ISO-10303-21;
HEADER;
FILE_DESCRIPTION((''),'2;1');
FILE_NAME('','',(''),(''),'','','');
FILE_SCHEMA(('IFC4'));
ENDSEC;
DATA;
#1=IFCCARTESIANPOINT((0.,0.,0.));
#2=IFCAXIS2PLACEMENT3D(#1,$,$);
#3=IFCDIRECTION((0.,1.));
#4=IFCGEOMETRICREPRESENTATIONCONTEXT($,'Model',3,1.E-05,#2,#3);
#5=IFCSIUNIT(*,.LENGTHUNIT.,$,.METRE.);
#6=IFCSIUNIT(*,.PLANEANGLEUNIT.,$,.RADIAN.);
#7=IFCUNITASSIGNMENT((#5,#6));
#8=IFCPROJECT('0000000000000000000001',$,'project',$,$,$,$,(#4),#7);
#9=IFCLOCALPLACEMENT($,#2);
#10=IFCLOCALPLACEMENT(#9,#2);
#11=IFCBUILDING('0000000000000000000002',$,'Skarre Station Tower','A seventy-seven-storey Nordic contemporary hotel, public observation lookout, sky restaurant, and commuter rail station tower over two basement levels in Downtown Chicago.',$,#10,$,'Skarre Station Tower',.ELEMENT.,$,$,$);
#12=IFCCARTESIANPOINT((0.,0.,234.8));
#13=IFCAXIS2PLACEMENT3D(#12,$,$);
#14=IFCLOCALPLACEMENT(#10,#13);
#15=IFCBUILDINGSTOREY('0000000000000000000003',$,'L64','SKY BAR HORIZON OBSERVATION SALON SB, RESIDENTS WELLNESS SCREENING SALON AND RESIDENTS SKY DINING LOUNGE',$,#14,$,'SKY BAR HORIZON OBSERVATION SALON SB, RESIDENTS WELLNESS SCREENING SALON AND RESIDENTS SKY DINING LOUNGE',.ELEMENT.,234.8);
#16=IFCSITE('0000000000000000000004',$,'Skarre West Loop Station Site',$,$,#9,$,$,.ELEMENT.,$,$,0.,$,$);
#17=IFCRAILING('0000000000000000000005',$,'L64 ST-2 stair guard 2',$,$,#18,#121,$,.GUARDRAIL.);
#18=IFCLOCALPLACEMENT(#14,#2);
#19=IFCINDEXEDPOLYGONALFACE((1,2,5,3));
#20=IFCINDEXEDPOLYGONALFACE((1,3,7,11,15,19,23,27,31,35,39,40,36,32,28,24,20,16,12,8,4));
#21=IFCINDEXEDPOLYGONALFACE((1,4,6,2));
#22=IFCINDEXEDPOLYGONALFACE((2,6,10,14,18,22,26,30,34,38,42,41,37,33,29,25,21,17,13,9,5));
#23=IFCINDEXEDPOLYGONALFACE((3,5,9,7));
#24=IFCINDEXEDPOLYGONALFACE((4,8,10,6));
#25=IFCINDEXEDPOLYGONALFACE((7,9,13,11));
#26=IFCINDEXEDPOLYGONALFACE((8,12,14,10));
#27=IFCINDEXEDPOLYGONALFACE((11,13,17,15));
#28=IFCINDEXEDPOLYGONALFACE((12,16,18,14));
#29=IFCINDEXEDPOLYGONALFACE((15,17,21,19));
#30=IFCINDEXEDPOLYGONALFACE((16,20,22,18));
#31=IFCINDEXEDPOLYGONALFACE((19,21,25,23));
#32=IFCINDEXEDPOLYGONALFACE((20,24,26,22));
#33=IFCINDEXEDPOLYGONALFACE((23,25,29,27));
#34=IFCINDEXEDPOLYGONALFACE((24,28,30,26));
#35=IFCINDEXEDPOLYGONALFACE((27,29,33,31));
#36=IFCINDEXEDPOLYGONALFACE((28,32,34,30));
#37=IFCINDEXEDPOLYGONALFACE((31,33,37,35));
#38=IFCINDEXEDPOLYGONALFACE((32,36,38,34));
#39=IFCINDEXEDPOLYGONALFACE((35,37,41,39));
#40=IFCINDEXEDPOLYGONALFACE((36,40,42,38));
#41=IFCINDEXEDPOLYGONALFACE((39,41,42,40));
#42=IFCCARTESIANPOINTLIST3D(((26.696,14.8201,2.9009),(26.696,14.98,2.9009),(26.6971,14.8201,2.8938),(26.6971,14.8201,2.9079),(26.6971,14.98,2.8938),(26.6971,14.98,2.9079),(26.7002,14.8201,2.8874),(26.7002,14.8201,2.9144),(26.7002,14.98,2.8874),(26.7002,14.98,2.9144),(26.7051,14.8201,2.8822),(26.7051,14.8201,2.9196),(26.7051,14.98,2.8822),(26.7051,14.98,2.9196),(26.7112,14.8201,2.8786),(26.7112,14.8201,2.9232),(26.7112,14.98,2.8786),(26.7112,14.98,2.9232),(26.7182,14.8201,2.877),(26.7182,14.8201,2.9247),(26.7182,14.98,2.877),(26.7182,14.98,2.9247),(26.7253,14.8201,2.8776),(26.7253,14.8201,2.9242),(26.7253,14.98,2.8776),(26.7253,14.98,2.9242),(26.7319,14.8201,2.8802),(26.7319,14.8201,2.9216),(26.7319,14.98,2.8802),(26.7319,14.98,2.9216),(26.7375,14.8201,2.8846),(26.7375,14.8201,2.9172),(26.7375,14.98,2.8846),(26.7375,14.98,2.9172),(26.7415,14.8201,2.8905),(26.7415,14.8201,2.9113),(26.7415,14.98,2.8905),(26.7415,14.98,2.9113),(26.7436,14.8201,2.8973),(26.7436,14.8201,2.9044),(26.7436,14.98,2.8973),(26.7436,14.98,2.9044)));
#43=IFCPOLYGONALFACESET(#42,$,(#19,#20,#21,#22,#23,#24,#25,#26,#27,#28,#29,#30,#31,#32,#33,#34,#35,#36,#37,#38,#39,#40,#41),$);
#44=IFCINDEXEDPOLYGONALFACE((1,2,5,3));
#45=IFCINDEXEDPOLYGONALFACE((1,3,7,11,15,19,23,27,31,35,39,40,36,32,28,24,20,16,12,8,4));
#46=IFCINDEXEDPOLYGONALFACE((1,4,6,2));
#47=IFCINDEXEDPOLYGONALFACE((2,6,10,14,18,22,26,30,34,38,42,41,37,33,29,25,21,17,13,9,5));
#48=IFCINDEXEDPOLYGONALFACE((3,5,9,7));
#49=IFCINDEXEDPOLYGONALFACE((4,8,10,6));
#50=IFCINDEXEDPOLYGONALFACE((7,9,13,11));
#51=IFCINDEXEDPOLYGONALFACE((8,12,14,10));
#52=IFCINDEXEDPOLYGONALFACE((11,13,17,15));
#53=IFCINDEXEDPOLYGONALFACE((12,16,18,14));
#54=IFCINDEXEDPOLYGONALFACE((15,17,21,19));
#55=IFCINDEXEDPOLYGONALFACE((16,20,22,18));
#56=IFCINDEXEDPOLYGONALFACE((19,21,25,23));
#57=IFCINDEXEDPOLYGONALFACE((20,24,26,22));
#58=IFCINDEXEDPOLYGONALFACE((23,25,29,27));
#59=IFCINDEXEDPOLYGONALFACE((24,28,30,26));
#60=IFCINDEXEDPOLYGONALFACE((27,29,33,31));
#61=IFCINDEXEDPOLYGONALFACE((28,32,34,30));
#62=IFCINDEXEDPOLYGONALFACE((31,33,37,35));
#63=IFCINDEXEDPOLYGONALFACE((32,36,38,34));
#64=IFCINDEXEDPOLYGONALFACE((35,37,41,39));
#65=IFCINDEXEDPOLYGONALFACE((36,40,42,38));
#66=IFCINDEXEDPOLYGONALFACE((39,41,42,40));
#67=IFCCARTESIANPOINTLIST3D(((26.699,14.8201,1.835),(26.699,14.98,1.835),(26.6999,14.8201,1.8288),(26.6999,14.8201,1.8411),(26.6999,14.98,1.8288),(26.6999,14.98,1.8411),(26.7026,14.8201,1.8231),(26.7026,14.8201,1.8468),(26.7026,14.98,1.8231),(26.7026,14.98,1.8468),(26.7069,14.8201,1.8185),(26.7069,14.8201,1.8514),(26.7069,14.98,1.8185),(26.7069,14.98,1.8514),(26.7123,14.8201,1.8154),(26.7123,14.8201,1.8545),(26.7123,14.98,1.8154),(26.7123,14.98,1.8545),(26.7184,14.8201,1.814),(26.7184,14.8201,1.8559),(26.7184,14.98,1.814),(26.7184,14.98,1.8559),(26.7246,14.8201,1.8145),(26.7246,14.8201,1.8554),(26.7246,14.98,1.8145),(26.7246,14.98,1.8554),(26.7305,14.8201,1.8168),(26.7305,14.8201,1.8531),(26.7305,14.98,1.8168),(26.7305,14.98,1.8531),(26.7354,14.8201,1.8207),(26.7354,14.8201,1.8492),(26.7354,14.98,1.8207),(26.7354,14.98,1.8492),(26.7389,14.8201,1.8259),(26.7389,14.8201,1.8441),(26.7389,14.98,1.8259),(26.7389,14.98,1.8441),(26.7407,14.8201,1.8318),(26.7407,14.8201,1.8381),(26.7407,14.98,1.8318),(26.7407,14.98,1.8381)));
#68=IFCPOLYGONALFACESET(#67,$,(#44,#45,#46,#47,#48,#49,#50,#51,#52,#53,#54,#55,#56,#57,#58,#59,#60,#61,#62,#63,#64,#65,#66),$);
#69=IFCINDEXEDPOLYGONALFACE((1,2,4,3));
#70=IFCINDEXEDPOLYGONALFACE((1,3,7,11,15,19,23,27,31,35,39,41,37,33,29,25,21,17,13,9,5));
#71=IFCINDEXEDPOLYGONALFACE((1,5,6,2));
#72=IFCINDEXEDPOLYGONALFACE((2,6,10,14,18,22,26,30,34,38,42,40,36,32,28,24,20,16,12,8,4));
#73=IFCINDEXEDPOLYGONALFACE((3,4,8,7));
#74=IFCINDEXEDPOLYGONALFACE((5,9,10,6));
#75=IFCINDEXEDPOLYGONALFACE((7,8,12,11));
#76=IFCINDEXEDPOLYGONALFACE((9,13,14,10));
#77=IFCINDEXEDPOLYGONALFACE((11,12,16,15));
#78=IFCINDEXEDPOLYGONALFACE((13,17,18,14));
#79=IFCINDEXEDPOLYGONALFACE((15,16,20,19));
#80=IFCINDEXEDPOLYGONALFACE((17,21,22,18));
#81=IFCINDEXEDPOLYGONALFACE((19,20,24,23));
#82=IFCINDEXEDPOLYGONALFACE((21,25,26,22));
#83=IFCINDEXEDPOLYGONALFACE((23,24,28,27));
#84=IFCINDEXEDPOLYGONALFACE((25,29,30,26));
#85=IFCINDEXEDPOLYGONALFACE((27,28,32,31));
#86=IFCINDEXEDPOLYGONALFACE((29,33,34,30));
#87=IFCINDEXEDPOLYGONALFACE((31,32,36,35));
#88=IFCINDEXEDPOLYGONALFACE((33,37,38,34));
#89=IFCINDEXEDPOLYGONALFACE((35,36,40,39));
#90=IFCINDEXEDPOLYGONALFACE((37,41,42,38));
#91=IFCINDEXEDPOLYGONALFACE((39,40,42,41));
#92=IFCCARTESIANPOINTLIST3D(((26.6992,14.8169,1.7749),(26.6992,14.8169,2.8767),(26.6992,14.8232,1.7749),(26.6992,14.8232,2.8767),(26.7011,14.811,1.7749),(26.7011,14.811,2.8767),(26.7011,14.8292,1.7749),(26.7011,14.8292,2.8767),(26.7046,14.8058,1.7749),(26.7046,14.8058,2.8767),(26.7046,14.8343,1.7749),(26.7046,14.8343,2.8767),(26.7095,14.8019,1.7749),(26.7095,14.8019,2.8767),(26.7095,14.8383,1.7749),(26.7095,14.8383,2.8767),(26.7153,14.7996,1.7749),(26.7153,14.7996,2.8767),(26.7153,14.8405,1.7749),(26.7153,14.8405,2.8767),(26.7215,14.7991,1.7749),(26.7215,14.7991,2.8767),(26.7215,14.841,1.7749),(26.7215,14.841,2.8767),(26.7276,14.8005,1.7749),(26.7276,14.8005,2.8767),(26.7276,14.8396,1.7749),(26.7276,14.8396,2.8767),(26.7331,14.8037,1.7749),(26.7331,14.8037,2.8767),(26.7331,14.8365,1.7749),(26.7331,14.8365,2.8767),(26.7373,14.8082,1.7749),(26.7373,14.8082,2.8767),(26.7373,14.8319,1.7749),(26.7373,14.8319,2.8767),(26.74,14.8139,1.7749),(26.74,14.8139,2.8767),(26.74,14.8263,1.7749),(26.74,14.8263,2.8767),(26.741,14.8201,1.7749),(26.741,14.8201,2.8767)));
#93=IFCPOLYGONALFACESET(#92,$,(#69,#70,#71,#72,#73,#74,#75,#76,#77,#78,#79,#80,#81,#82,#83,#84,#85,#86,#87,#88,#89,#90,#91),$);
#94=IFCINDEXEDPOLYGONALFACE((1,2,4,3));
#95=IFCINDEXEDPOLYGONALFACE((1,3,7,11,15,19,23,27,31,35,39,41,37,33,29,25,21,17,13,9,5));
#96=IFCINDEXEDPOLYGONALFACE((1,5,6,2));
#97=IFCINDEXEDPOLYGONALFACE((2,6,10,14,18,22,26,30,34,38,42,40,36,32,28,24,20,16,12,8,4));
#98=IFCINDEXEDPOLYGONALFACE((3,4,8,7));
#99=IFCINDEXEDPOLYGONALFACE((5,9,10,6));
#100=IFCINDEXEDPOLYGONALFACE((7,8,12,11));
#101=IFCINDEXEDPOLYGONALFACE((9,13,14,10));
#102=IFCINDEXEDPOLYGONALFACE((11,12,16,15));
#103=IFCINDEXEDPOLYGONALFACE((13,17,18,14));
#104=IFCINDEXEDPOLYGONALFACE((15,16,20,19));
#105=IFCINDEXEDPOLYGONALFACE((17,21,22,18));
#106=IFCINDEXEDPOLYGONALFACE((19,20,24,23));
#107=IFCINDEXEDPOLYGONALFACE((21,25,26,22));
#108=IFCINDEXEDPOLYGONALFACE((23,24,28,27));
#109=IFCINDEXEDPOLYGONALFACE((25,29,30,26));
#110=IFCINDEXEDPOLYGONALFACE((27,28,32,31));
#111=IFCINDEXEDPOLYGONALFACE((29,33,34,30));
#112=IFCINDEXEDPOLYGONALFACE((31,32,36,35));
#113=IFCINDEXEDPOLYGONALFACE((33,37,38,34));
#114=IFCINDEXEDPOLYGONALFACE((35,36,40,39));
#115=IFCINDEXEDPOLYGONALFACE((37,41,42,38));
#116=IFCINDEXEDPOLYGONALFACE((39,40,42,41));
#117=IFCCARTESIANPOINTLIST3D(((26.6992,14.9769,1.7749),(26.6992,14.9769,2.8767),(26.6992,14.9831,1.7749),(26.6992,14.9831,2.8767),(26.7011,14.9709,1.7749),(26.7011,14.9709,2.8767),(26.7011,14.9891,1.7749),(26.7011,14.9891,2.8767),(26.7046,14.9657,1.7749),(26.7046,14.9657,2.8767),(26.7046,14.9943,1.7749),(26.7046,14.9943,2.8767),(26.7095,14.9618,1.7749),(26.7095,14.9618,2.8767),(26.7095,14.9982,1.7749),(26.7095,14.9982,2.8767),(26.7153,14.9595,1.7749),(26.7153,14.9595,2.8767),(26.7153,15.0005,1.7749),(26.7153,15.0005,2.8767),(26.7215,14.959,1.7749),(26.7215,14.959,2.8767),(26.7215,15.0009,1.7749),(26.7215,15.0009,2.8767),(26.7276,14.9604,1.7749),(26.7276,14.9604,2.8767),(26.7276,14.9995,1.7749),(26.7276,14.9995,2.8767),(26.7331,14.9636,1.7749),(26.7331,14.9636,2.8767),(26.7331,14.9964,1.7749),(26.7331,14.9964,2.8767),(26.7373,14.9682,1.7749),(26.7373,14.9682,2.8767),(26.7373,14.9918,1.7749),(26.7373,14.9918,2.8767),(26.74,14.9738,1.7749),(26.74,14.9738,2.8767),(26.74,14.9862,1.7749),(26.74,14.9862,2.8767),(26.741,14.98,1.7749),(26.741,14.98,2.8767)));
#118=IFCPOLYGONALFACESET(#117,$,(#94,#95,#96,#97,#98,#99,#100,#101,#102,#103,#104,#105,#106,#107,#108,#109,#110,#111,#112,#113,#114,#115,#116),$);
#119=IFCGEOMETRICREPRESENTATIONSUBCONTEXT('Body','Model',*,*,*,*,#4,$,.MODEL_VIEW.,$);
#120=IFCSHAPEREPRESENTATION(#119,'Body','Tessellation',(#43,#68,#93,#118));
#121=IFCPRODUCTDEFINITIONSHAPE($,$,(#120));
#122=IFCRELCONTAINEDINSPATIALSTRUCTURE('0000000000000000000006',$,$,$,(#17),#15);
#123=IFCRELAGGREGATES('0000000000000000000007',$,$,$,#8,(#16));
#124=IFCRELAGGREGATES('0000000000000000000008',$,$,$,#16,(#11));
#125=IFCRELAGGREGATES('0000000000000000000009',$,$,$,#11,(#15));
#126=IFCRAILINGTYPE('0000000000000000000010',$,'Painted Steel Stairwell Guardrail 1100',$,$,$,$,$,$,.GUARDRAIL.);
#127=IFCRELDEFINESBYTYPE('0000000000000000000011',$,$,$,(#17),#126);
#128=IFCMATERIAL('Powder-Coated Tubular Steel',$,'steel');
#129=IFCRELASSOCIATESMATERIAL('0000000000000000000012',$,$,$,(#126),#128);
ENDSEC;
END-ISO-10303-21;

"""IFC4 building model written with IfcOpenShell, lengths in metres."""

from ifc_helpers import new_model, si_unit, direction, frame, origin, origin_2d, place, context, subcontext, project, spatial, circle, extrude, material, type_object, element, save


model = new_model("IFC4")

# Units and contexts
model_context = context("Model", 3, precision=1e-05, world=origin(), true_north=direction((0.0, 1.0)))
body_context = subcontext(model_context, "Body", "Model", "MODEL_VIEW")
ifc_project = project(units=[si_unit("LENGTHUNIT", "METRE"), si_unit("PLANEANGLEUNIT", "RADIAN")], contexts=[model_context])

# Site, building, storey
site_placement = place(None, origin())
site = spatial("IfcSite", under=ifc_project, at=site_placement, Name="Skarre West Loop Station Site", CompositionType="ELEMENT", RefElevation=0.0)
building_placement = place(site_placement, origin())
building = spatial("IfcBuilding", under=site, at=building_placement, Name="Skarre Station Tower", Description="A seventy-seven-storey Nordic contemporary hotel, public observation lookout, sky restaurant, and commuter rail station tower over two basement levels in Downtown Chicago.", LongName="Skarre Station Tower", CompositionType="ELEMENT")
storey_placement = place(building_placement, frame((0.0, 0.0, 234.8)))
storey = spatial("IfcBuildingStorey", under=building, at=storey_placement, Name="L64", Description="SKY BAR HORIZON OBSERVATION SALON SB, RESIDENTS WELLNESS SCREENING SALON AND RESIDENTS SKY DINING LOUNGE", LongName="SKY BAR HORIZON OBSERVATION SALON SB, RESIDENTS WELLNESS SCREENING SALON AND RESIDENTS SKY DINING LOUNGE", CompositionType="ELEMENT", Elevation=234.8)

# Railing
ifc_material_1 = material(Name="Powder-Coated Tubular Steel", Category="steel")
railing_type_1 = type_object("IfcRailingType", Name="Painted Steel Stairwell Guardrail 1100", PredefinedType="GUARDRAIL", material=ifc_material_1)
railing_1_placement = place(storey_placement, frame((26.72, 14.8201, 1.7749)))
element("IfcRailing", 1, at=railing_1_placement, inside=storey, type_object=railing_type_1, Name="L64 ST-2 stair guard 2", PredefinedType="GUARDRAIL", context=body_context, shape_type="SweptSolid", body=[
    extrude(circle(Radius=0.0239, at=origin_2d()), frame((0.0, 0.0, 1.126), z_axis=(0.0, 1.0, 0.0), x_axis=(-1.0, 0.0, 0.0)), (0.0, 0.0, 1.0), 0.1599),
    extrude(circle(Radius=0.021, at=origin_2d()), frame((0.0, 0.0, 0.0601), z_axis=(0.0, 1.0, 0.0), x_axis=(-1.0, 0.0, 0.0)), (0.0, 0.0, 1.0), 0.1599),
    extrude(circle(Radius=0.021, at=origin_2d()), origin(), (0.0, 0.0, 1.0), 1.1018),
    extrude(circle(Radius=0.021, at=origin_2d()), frame((0.0, 0.1599, 0.0)), (0.0, 0.0, 1.0), 1.1018),
])

save(model, "model.ifc")
